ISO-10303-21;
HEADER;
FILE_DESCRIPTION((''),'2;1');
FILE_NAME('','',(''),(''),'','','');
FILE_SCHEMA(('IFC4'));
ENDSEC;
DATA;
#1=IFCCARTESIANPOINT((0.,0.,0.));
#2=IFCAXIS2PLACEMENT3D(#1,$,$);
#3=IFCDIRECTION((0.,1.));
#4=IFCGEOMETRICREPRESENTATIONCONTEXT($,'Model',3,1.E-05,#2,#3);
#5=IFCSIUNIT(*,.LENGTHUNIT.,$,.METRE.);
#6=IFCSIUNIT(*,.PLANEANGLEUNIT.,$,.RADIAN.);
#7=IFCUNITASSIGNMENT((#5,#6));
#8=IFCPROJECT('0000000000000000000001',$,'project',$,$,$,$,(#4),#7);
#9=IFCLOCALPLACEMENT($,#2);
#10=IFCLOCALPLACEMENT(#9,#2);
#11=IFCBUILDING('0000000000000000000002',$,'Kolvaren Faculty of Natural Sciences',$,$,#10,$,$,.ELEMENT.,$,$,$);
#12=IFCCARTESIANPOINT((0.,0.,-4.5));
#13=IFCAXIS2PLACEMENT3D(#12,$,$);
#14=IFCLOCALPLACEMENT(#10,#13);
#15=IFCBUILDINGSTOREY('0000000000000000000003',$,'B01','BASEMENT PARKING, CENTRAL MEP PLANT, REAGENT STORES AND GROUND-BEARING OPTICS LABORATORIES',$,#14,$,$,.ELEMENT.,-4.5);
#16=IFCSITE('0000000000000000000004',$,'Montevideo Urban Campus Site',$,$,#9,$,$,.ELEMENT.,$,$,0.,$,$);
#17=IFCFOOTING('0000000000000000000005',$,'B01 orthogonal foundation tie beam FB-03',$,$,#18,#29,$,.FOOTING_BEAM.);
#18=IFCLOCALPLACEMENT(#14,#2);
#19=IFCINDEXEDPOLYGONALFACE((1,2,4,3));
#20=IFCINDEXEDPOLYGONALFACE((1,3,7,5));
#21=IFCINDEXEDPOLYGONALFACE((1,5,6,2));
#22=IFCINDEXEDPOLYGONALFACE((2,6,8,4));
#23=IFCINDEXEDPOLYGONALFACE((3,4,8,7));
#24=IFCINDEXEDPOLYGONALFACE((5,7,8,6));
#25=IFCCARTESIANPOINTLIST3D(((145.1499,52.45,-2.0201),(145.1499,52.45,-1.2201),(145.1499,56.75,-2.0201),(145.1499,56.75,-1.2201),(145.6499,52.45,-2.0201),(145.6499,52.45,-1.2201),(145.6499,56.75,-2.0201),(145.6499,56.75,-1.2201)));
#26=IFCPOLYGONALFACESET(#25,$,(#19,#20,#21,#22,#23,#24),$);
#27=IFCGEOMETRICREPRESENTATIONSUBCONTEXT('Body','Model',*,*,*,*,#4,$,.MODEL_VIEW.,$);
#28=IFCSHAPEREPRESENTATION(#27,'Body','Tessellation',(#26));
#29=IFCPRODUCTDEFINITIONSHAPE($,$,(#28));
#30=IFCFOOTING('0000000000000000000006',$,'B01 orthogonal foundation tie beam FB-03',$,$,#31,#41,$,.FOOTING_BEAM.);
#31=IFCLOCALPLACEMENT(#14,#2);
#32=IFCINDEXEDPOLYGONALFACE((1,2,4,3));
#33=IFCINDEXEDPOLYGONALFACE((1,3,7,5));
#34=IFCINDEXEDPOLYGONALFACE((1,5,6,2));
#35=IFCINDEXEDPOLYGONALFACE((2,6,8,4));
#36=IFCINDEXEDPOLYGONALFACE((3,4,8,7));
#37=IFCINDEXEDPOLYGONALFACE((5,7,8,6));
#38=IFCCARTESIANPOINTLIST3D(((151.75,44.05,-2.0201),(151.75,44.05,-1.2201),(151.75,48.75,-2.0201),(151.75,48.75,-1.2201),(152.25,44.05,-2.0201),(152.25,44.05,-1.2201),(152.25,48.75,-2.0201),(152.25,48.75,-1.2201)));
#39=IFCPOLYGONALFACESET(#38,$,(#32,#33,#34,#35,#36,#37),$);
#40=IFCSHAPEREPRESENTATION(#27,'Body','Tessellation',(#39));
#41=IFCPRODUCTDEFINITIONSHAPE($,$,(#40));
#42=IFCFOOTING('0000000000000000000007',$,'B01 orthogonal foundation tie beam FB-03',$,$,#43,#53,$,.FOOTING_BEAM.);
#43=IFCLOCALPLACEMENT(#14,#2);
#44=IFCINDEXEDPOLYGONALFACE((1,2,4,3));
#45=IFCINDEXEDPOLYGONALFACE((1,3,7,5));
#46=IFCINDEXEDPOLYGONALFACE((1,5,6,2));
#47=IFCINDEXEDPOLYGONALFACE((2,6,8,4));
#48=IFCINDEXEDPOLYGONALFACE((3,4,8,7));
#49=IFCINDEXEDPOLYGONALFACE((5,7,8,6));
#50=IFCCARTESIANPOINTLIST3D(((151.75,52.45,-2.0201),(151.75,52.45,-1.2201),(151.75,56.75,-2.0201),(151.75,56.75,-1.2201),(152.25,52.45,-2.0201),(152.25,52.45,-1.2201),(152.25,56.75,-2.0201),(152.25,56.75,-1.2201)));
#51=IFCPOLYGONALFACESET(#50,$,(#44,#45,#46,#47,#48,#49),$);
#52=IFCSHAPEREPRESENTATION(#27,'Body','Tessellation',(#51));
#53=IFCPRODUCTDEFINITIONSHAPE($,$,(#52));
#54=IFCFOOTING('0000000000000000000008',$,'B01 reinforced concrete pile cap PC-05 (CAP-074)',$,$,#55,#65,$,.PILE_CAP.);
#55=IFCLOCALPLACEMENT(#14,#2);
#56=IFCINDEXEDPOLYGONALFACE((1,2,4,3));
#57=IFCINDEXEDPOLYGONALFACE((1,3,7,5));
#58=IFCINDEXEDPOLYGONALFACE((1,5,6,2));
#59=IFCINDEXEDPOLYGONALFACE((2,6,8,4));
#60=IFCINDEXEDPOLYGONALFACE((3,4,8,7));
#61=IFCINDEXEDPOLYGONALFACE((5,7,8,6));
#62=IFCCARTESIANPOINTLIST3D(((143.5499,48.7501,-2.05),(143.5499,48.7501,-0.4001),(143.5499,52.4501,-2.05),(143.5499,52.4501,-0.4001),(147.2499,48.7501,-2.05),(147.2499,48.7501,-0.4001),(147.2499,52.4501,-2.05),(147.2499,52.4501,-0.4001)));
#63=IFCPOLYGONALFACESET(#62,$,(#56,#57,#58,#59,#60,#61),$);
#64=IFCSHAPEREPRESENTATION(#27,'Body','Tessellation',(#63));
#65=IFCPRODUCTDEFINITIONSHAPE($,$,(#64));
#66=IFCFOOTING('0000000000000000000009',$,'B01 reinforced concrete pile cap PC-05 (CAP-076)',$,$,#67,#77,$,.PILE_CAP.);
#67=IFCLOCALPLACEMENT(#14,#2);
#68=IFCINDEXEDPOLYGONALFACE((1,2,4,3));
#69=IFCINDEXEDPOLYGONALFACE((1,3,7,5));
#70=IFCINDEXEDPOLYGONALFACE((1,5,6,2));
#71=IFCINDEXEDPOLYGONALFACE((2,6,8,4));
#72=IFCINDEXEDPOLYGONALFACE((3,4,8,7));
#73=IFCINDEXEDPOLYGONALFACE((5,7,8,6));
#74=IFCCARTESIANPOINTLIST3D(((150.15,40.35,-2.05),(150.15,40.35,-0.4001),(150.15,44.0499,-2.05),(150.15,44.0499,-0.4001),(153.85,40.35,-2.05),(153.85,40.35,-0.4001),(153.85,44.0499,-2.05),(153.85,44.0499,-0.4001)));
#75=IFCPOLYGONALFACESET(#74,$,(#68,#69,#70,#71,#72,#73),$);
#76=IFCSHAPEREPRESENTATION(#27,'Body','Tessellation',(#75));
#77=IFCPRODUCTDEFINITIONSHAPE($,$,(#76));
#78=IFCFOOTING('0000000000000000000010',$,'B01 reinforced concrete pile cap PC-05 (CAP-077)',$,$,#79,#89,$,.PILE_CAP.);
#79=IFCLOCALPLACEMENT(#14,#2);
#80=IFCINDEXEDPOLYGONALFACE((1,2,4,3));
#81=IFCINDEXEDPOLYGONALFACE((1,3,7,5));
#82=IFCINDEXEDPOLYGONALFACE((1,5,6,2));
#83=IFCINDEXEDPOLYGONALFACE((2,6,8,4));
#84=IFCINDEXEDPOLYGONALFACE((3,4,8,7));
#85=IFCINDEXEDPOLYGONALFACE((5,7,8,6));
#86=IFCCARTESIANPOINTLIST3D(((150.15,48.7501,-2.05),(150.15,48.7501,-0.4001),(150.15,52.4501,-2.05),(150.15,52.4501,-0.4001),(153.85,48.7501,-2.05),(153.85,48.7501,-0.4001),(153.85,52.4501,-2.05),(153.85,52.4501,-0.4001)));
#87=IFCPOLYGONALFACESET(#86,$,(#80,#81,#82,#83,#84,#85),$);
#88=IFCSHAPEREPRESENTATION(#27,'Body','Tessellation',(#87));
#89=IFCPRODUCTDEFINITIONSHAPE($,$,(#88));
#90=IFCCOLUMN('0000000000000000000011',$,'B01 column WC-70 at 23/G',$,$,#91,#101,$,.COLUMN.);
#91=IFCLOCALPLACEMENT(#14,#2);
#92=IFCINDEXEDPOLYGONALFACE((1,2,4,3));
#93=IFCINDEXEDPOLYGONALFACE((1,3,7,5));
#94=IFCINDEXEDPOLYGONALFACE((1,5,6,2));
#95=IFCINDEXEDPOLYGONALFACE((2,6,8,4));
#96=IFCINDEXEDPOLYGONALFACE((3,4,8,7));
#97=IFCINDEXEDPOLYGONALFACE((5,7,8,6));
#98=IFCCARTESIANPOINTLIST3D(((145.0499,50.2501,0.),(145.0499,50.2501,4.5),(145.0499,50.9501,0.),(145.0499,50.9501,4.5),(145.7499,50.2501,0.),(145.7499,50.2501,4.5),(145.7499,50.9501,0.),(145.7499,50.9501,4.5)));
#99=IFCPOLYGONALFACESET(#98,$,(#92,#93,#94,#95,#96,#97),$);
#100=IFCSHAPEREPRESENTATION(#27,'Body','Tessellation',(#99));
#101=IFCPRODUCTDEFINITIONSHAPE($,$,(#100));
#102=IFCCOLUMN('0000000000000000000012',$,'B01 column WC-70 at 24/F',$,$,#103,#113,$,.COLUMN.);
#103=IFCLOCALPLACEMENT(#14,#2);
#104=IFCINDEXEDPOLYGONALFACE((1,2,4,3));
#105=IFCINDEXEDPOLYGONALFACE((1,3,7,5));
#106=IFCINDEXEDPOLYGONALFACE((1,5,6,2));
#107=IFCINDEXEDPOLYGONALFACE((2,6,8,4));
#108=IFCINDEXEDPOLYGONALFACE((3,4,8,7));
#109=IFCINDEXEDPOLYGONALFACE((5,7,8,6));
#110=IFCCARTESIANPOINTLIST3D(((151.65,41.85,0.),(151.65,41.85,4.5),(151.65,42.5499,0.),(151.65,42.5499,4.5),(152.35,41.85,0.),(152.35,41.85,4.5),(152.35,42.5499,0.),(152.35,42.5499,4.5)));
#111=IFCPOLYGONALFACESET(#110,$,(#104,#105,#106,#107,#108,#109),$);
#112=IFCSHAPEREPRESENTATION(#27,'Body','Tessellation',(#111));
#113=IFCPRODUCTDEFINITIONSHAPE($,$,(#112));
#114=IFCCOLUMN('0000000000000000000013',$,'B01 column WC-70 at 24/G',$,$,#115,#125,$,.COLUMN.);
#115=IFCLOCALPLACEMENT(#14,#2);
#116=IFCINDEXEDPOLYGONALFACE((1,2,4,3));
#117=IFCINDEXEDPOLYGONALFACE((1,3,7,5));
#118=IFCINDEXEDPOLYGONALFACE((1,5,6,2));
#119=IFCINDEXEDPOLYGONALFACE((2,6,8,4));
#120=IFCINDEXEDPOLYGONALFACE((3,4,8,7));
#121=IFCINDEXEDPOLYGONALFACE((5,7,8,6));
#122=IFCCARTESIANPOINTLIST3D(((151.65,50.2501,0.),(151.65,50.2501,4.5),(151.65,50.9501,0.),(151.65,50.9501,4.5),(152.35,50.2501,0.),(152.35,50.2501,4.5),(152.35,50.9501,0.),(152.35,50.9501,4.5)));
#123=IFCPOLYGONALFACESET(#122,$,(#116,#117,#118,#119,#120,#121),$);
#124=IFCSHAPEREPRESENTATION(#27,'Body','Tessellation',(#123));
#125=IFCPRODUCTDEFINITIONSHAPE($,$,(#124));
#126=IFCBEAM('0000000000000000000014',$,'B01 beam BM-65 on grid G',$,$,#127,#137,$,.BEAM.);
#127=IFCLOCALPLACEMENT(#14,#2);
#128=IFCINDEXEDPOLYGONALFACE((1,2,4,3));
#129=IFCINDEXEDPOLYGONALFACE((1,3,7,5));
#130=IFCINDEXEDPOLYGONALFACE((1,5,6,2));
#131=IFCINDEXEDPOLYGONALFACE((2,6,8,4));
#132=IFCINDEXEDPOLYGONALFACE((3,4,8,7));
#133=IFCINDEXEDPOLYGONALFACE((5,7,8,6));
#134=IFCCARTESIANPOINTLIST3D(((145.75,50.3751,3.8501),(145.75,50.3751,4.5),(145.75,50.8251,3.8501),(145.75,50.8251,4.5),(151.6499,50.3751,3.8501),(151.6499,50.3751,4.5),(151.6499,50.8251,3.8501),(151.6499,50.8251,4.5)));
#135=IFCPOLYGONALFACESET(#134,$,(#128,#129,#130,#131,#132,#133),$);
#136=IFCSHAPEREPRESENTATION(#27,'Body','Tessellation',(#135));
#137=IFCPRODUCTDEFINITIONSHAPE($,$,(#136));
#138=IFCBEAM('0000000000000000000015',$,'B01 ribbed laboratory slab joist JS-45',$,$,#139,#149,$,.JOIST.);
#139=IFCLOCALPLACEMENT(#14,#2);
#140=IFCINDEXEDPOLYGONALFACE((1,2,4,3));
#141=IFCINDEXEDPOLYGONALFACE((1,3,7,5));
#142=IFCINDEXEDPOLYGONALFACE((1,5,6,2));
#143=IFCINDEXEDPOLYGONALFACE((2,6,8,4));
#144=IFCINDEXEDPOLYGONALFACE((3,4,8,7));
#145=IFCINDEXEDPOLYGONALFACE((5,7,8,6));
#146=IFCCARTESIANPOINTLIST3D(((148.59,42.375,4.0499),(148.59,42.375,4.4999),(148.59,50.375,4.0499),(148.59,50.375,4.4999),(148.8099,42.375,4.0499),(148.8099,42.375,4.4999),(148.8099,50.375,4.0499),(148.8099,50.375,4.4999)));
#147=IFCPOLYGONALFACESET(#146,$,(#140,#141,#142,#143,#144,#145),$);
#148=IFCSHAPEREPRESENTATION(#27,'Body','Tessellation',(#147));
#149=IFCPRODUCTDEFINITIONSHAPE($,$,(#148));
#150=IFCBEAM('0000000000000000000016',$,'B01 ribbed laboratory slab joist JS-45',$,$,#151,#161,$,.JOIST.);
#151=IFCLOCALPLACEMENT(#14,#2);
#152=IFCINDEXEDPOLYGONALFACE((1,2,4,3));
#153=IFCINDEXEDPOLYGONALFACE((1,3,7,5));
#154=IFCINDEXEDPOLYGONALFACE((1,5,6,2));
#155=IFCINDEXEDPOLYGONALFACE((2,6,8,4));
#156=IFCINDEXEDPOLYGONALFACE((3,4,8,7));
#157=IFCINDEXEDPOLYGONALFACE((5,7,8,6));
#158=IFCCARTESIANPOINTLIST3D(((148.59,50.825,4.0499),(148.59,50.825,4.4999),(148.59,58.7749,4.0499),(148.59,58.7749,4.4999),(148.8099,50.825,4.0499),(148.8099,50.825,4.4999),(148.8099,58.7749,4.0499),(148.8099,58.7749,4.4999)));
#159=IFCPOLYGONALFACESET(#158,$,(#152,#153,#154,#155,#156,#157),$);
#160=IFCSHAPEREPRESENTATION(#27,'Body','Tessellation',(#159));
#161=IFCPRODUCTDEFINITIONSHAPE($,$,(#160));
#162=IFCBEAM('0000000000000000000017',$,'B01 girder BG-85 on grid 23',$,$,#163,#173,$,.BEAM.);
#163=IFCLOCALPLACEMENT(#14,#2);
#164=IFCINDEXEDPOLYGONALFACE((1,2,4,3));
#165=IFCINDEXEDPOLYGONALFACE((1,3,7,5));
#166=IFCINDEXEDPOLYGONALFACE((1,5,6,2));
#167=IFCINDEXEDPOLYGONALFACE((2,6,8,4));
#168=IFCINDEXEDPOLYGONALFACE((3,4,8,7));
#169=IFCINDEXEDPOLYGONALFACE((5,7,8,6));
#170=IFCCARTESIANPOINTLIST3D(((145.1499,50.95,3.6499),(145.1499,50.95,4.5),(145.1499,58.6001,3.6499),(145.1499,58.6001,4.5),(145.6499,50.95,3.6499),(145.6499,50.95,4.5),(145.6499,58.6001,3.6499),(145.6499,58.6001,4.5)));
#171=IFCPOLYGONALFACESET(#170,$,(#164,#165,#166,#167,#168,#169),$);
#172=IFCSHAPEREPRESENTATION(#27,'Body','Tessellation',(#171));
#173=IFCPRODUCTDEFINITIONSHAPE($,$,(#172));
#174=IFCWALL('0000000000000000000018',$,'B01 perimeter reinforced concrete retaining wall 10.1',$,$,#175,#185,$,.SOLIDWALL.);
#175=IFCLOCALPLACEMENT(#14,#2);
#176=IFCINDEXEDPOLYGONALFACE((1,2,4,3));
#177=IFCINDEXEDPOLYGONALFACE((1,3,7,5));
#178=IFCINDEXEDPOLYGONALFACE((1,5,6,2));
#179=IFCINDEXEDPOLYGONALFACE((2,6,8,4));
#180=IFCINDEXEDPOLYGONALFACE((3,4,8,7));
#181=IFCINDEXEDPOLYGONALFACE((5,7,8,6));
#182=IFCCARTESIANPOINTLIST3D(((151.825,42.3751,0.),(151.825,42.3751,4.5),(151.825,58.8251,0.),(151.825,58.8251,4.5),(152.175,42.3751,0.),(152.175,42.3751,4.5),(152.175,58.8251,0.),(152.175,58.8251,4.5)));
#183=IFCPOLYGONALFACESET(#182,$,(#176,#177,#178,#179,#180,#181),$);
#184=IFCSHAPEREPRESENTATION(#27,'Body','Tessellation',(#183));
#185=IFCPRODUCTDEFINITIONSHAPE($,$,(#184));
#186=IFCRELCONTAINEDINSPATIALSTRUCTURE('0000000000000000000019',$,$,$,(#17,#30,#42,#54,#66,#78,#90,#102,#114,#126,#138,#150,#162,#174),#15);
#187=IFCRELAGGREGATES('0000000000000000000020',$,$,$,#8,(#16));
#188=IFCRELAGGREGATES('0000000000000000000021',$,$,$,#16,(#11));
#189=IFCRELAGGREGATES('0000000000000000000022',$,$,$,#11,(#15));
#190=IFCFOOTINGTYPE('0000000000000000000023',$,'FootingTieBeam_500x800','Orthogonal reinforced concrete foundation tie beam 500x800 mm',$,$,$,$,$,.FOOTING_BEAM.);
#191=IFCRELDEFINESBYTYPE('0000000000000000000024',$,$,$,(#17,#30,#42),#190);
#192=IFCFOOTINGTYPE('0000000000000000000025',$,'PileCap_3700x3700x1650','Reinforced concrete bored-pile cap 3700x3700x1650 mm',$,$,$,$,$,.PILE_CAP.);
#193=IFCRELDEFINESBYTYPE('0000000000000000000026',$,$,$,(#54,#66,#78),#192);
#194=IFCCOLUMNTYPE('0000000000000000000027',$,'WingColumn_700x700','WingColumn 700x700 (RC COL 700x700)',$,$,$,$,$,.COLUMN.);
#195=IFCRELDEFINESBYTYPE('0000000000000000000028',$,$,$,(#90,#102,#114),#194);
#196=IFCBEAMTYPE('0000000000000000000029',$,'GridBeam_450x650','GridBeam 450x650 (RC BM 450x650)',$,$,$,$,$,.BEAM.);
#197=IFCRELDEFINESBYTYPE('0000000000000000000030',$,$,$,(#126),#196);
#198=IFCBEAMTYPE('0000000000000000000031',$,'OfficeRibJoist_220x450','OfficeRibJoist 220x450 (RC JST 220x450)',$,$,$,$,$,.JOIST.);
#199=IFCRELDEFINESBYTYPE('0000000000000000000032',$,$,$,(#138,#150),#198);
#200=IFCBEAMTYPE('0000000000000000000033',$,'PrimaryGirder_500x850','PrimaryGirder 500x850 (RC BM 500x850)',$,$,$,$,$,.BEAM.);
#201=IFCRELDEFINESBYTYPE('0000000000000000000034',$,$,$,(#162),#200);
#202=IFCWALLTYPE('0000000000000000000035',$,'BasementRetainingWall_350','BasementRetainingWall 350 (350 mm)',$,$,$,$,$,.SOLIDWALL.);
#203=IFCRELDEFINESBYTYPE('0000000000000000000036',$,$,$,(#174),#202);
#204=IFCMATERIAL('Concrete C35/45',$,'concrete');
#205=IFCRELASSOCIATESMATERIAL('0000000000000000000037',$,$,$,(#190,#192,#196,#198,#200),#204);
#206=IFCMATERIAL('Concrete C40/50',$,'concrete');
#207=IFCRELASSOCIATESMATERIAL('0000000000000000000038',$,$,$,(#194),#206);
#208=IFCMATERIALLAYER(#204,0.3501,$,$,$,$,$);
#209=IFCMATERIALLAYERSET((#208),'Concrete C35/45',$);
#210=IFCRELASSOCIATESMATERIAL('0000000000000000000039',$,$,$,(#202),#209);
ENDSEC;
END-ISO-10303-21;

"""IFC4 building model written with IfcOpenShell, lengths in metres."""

from ifc_helpers import new_model, si_unit, direction, frame, frame_2d, origin, origin_2d, place, context, subcontext, project, spatial, rectangle, extrude, material, layer, layer_set, material_profile, profile_set, type_object, element, save


model = new_model("IFC4")

# Units and contexts
model_context = context("Model", 3, precision=1e-05, world=origin(), true_north=direction((0.0, 1.0)))
body_context = subcontext(model_context, "Body", "Model", "MODEL_VIEW")
ifc_project = project(units=[si_unit("LENGTHUNIT", "METRE"), si_unit("PLANEANGLEUNIT", "RADIAN")], contexts=[model_context])

# Site, building, storey
site_placement = place(None, origin())
site = spatial("IfcSite", under=ifc_project, at=site_placement, Name="Montevideo Urban Campus Site", CompositionType="ELEMENT", RefElevation=0.0)
building_placement = place(site_placement, origin())
building = spatial("IfcBuilding", under=site, at=building_placement, Name="Kolvaren Faculty of Natural Sciences", CompositionType="ELEMENT")
storey_placement = place(building_placement, frame((0.0, 0.0, -4.5)))
storey = spatial("IfcBuildingStorey", under=building, at=storey_placement, Name="B01", Description="BASEMENT PARKING, CENTRAL MEP PLANT, REAGENT STORES AND GROUND-BEARING OPTICS LABORATORIES", CompositionType="ELEMENT", Elevation=-4.5)

# Shared definitions
ifc_material_1 = material(Name="Concrete C35/45", Category="concrete")

# Footings
ifc_material_profile_1 = material_profile(ifc_material_1, rectangle(XDim=0.5, YDim=0.8, at=origin_2d()), Name="RC FB 500x800")
ifc_profile_set_1 = profile_set([ifc_material_profile_1], Name="Concrete C35/45")
footing_type_1 = type_object("IfcFootingType", Name="FootingTieBeam_500x800", Description="Orthogonal reinforced concrete foundation tie beam 500x800 mm", PredefinedType="FOOTING_BEAM", material=ifc_profile_set_1)
footing_1_placement = place(storey_placement, frame((145.3999, 52.45, -1.6201), z_axis=(0.0, 1.0, 0.0), x_axis=(-1.0, 0.0, 0.0)))
element("IfcFooting", 1, at=footing_1_placement, inside=storey, type_object=footing_type_1, Name="B01 orthogonal foundation tie beam FB-03", PredefinedType="FOOTING_BEAM", context=body_context, shape_type="SweptSolid", body=[
    extrude(rectangle(XDim=0.5, YDim=0.8, at=origin_2d()), origin(), (0.0, 0.0, 1.0), 4.3),
])
footing_2_placement = place(storey_placement, frame((152.0, 44.05, -1.6201), z_axis=(0.0, 1.0, 0.0), x_axis=(-1.0, 0.0, 0.0)))
element("IfcFooting", 2, at=footing_2_placement, inside=storey, type_object=footing_type_1, Name="B01 orthogonal foundation tie beam FB-03", PredefinedType="FOOTING_BEAM", context=body_context, shape_type="SweptSolid", body=[
    extrude(rectangle(XDim=0.5, YDim=0.8, at=origin_2d()), origin(), (0.0, 0.0, 1.0), 4.7),
])
footing_3_placement = place(storey_placement, frame((152.0, 52.45, -1.6201), z_axis=(0.0, 1.0, 0.0), x_axis=(-1.0, 0.0, 0.0)))
element("IfcFooting", 3, at=footing_3_placement, inside=storey, type_object=footing_type_1, Name="B01 orthogonal foundation tie beam FB-03", PredefinedType="FOOTING_BEAM", context=body_context, shape_type="SweptSolid", body=[
    extrude(rectangle(XDim=0.5, YDim=0.8, at=origin_2d()), origin(), (0.0, 0.0, 1.0), 4.3),
])
footing_type_2 = type_object("IfcFootingType", Name="PileCap_3700x3700x1650", Description="Reinforced concrete bored-pile cap 3700x3700x1650 mm", PredefinedType="PILE_CAP", material=ifc_material_1)
for number, where, z_axis, x_axis, name in (
    (4, (145.3999, 50.6001, -2.05), (0.0, 0.0, 1.0), (1.0, 0.0, 0.0), "B01 reinforced concrete pile cap PC-05 (CAP-074)"),
    (5, (152.0, 42.2, -2.05), (0.0, 0.0, 1.0), (1.0, 0.0, 0.0), "B01 reinforced concrete pile cap PC-05 (CAP-076)"),
    (6, (152.0, 50.6001, -2.05), (0.0, 0.0, 1.0), (1.0, 0.0, 0.0), "B01 reinforced concrete pile cap PC-05 (CAP-077)"),
):
    element("IfcFooting", number, at=place(storey_placement, frame(where, z_axis=z_axis, x_axis=x_axis)), inside=storey, type_object=footing_type_2, Name=name, PredefinedType="PILE_CAP", context=body_context, shape_type="SweptSolid", body=[
        extrude(rectangle(XDim=3.7, YDim=3.7, at=origin_2d()), origin(), (0.0, 0.0, 1.0), 1.6499),
    ])

# Columns
ifc_material_2 = material(Name="Concrete C40/50", Category="concrete")
ifc_material_profile_2 = material_profile(ifc_material_2, rectangle(XDim=0.7, YDim=0.7, at=origin_2d()), Name="RC COL 700x700")
ifc_profile_set_2 = profile_set([ifc_material_profile_2], Name="Concrete C40/50")
column_type = type_object("IfcColumnType", Name="WingColumn_700x700", Description="WingColumn 700x700 (RC COL 700x700)", PredefinedType="COLUMN", material=ifc_profile_set_2)
for number, where, z_axis, x_axis, name in (
    (7, (145.3999, 50.6001, 0.0), (0.0, 0.0, 1.0), (1.0, 0.0, 0.0), "B01 column WC-70 at 23/G"),
    (8, (152.0, 42.2, 0.0), (0.0, 0.0, 1.0), (1.0, 0.0, 0.0), "B01 column WC-70 at 24/F"),
    (9, (152.0, 50.6001, 0.0), (0.0, 0.0, 1.0), (1.0, 0.0, 0.0), "B01 column WC-70 at 24/G"),
):
    element("IfcColumn", number, at=place(storey_placement, frame(where, z_axis=z_axis, x_axis=x_axis)), inside=storey, type_object=column_type, Name=name, PredefinedType="COLUMN", context=body_context, shape_type="SweptSolid", body=[
        extrude(rectangle(XDim=0.7, YDim=0.7, at=origin_2d()), origin(), (0.0, 0.0, 1.0), 4.5),
    ])

# Beams
ifc_material_profile_3 = material_profile(ifc_material_1, rectangle(XDim=0.45, YDim=0.6499, at=origin_2d()), Name="RC BM 450x650")
ifc_profile_set_3 = profile_set([ifc_material_profile_3], Name="Concrete C35/45")
beam_type_1 = type_object("IfcBeamType", Name="GridBeam_450x650", Description="GridBeam 450x650 (RC BM 450x650)", PredefinedType="BEAM", material=ifc_profile_set_3)
beam_1_placement = place(storey_placement, frame((145.75, 50.6001, 4.175), z_axis=(1.0, 0.0, 0.0), x_axis=(0.0, 1.0, 0.0)))
element("IfcBeam", 10, at=beam_1_placement, inside=storey, type_object=beam_type_1, Name="B01 beam BM-65 on grid G", PredefinedType="BEAM", context=body_context, shape_type="SweptSolid", body=[
    extrude(rectangle(XDim=0.45, YDim=0.6499, at=origin_2d()), origin(), (0.0, 0.0, 1.0), 5.8999),
])
ifc_material_profile_4 = material_profile(ifc_material_1, rectangle(XDim=0.22, YDim=0.45, at=origin_2d()), Name="RC JST 220x450")
ifc_profile_set_4 = profile_set([ifc_material_profile_4], Name="Concrete C35/45")
beam_type_2 = type_object("IfcBeamType", Name="OfficeRibJoist_220x450", Description="OfficeRibJoist 220x450 (RC JST 220x450)", PredefinedType="JOIST", material=ifc_profile_set_4)
beam_2_placement = place(storey_placement, frame((148.7, 42.375, 4.2749), z_axis=(0.0, 1.0, 0.0), x_axis=(-1.0, 0.0, 0.0)))
element("IfcBeam", 11, at=beam_2_placement, inside=storey, type_object=beam_type_2, Name="B01 ribbed laboratory slab joist JS-45", PredefinedType="JOIST", context=body_context, shape_type="SweptSolid", body=[
    extrude(rectangle(XDim=0.22, YDim=0.45, at=origin_2d()), origin(), (0.0, 0.0, 1.0), 8.0),
])
beam_3_placement = place(storey_placement, frame((148.7, 50.825, 4.2749), z_axis=(0.0, 1.0, 0.0), x_axis=(-1.0, 0.0, 0.0)))
element("IfcBeam", 12, at=beam_3_placement, inside=storey, type_object=beam_type_2, Name="B01 ribbed laboratory slab joist JS-45", PredefinedType="JOIST", context=body_context, shape_type="SweptSolid", body=[
    extrude(rectangle(XDim=0.22, YDim=0.45, at=origin_2d()), origin(), (0.0, 0.0, 1.0), 7.95),
])
ifc_material_profile_5 = material_profile(ifc_material_1, rectangle(XDim=0.5, YDim=0.8501, at=origin_2d()), Name="RC BM 500x850")
ifc_profile_set_5 = profile_set([ifc_material_profile_5], Name="Concrete C35/45")
beam_type_3 = type_object("IfcBeamType", Name="PrimaryGirder_500x850", Description="PrimaryGirder 500x850 (RC BM 500x850)", PredefinedType="BEAM", material=ifc_profile_set_5)
beam_4_placement = place(storey_placement, frame((145.3999, 50.95, 4.075), z_axis=(0.0, 1.0, 0.0), x_axis=(-1.0, 0.0, 0.0)))
element("IfcBeam", 13, at=beam_4_placement, inside=storey, type_object=beam_type_3, Name="B01 girder BG-85 on grid 23", PredefinedType="BEAM", context=body_context, shape_type="SweptSolid", body=[
    extrude(rectangle(XDim=0.5, YDim=0.8501, at=origin_2d()), origin(), (0.0, 0.0, 1.0), 7.6501),
])

# Wall
ifc_layer = layer(ifc_material_1, 0.3501)
ifc_layer_set = layer_set([ifc_layer], Name="Concrete C35/45")
wall_type = type_object("IfcWallType", Name="BasementRetainingWall_350", Description="BasementRetainingWall 350 (350 mm)", PredefinedType="SOLIDWALL", material=ifc_layer_set)
wall_placement = place(storey_placement, frame((152.0, 42.375, 0.0), z_axis=(0.0, 0.0, 1.0), x_axis=(0.0, 1.0, 0.0)))
element("IfcWall", 14, at=wall_placement, inside=storey, type_object=wall_type, Name="B01 perimeter reinforced concrete retaining wall 10.1", PredefinedType="SOLIDWALL", context=body_context, shape_type="SweptSolid", body=[
    extrude(rectangle(XDim=16.45, YDim=0.3501, at=frame_2d((8.2251, 0.0))), origin(), (0.0, 0.0, 1.0), 4.5),
])

save(model, "model.ifc")
